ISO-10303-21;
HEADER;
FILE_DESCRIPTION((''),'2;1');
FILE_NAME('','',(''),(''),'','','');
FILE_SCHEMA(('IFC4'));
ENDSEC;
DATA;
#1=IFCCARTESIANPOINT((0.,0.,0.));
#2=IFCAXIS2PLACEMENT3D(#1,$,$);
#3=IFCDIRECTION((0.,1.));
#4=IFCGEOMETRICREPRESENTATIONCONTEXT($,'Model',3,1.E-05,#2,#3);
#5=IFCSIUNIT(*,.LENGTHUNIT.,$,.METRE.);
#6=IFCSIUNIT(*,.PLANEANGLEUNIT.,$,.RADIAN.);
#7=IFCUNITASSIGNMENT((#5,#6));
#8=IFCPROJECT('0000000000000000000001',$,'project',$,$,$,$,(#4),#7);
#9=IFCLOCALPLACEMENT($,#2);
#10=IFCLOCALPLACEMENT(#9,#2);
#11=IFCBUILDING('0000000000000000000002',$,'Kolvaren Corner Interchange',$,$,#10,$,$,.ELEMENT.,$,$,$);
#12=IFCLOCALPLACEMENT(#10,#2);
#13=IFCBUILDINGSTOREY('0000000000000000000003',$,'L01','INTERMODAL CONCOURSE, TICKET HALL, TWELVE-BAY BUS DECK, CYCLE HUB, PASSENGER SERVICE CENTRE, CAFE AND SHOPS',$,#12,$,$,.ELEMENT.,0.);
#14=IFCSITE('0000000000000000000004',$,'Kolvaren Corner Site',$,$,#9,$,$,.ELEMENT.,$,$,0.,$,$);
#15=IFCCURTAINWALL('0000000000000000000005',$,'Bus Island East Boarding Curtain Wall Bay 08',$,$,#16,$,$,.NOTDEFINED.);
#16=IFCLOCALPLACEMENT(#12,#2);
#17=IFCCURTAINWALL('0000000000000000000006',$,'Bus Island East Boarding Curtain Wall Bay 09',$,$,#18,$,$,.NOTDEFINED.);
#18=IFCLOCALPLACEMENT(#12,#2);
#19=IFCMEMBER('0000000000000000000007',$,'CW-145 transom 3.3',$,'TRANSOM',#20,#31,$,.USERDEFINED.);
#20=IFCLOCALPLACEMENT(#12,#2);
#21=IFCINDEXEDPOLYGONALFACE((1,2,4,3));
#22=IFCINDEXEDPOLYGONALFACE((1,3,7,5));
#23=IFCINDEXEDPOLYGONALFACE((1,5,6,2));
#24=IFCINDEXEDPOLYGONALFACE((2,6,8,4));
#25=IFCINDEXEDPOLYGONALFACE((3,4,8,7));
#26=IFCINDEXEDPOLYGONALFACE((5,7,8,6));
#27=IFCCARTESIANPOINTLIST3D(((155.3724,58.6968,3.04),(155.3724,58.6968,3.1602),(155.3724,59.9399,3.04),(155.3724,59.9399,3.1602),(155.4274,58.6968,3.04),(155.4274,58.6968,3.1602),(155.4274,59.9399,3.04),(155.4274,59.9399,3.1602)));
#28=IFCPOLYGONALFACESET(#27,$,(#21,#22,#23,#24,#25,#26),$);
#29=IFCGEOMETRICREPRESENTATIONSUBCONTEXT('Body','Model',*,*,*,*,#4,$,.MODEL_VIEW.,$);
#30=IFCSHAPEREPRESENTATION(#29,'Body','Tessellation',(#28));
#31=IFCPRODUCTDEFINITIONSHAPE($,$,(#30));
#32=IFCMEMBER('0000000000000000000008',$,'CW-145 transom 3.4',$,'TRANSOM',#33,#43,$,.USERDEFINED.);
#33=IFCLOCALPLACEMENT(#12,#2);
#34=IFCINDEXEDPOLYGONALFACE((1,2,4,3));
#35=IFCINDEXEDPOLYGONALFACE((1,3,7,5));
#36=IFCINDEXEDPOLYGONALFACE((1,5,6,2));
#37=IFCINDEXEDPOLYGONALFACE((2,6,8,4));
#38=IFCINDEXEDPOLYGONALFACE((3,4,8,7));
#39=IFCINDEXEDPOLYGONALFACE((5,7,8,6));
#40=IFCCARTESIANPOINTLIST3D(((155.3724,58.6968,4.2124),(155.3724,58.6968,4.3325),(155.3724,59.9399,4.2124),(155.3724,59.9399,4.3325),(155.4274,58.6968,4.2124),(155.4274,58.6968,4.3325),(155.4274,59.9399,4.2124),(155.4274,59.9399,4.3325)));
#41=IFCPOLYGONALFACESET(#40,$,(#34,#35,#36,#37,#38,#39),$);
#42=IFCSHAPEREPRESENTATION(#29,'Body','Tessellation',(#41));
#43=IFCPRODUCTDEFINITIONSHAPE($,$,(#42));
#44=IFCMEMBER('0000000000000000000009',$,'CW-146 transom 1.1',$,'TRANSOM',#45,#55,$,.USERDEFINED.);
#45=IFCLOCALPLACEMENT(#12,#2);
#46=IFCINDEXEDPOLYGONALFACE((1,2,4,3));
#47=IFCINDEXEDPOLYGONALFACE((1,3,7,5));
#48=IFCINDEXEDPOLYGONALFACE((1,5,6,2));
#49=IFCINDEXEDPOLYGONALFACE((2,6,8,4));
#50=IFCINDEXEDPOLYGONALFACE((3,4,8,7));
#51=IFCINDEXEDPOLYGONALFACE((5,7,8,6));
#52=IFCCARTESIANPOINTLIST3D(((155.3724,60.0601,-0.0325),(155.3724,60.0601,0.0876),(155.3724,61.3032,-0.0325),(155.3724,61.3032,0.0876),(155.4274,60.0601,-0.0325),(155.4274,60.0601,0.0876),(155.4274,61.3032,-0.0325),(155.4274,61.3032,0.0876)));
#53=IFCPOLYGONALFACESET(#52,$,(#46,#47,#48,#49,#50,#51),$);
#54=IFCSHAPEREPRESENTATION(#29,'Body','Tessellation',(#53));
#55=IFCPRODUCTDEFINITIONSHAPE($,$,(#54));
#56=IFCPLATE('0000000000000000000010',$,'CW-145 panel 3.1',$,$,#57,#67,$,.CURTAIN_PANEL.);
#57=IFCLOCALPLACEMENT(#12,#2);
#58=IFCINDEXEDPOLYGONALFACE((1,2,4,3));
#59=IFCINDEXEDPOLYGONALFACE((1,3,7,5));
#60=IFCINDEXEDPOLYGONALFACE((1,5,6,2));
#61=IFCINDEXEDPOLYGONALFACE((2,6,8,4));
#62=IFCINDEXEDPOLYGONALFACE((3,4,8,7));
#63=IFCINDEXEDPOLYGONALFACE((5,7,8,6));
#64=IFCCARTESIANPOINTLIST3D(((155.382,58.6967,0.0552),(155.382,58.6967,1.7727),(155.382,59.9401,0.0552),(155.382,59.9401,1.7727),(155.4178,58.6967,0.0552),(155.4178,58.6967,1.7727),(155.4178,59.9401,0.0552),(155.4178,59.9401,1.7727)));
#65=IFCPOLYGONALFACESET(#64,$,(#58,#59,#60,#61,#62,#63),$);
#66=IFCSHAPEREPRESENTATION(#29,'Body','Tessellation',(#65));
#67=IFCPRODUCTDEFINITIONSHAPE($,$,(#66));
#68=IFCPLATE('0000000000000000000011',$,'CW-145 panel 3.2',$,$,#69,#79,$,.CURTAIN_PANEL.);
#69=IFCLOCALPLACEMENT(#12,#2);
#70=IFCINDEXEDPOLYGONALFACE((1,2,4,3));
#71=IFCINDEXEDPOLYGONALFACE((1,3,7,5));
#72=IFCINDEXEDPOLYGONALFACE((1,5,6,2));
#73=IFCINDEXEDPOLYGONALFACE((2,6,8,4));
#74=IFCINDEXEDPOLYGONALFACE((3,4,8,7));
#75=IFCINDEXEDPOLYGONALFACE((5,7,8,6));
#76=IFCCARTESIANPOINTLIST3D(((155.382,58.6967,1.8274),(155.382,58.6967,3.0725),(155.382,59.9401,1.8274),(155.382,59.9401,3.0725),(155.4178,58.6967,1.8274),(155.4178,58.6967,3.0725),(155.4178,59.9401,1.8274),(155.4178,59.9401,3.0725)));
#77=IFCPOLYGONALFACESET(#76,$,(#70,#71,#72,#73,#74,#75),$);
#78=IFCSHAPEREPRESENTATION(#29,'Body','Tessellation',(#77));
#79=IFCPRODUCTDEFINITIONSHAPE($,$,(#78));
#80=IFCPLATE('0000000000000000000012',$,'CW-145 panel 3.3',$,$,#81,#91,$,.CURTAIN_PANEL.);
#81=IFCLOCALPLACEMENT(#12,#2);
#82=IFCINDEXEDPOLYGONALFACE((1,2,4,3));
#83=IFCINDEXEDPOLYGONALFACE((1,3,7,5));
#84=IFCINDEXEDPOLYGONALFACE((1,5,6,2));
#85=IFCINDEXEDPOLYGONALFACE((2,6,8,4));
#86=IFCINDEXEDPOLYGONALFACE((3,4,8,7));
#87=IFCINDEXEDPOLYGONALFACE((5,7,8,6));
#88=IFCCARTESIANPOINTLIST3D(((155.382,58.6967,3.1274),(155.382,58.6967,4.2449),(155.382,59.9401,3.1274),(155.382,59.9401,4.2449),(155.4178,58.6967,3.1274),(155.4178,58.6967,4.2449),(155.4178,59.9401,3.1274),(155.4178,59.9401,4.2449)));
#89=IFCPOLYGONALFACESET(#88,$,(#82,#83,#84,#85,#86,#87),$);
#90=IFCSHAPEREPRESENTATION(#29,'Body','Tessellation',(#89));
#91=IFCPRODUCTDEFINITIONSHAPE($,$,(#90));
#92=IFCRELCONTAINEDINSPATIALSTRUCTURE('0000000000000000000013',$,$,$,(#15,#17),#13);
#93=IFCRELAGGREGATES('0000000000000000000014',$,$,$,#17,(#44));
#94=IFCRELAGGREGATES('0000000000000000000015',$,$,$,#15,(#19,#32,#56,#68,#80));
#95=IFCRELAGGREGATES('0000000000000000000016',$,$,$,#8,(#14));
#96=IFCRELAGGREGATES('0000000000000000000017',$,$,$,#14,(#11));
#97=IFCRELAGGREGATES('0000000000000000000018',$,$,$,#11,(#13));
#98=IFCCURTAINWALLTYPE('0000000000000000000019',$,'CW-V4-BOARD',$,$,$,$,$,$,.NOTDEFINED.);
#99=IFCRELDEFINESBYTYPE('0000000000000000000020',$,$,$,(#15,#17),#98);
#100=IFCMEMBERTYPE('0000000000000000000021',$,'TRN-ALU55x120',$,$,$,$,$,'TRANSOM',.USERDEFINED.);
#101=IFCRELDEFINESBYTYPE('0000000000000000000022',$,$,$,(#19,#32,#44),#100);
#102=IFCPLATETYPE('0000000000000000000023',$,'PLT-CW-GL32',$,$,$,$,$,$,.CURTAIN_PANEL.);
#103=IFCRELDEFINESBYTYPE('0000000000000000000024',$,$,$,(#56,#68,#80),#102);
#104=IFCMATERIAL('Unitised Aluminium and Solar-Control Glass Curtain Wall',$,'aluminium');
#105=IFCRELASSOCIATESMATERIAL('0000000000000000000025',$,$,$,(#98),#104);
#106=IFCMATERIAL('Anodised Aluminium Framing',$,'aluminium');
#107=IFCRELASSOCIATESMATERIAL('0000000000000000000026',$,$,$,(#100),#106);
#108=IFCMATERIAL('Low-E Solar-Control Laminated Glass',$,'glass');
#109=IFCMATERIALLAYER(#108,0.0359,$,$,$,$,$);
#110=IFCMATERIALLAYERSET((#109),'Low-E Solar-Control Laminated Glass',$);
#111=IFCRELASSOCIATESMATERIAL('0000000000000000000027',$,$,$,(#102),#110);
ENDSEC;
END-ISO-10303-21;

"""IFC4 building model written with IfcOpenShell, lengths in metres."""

from ifc_helpers import new_model, si_unit, direction, frame, origin, origin_2d, place, context, subcontext, project, spatial, rectangle, extrude, material, layer, layer_set, material_profile, profile_set, type_object, element, aggregate, save


model = new_model("IFC4")

# Units and contexts
model_context = context("Model", 3, precision=1e-05, world=origin(), true_north=direction((0.0, 1.0)))
body_context = subcontext(model_context, "Body", "Model", "MODEL_VIEW")
ifc_project = project(units=[si_unit("LENGTHUNIT", "METRE"), si_unit("PLANEANGLEUNIT", "RADIAN")], contexts=[model_context])

# Site, building, storey
site_placement = place(None, origin())
site = spatial("IfcSite", under=ifc_project, at=site_placement, Name="Kolvaren Corner Site", CompositionType="ELEMENT", RefElevation=0.0)
building_placement = place(site_placement, origin())
building = spatial("IfcBuilding", under=site, at=building_placement, Name="Kolvaren Corner Interchange", CompositionType="ELEMENT")
storey_placement = place(building_placement, origin())
storey = spatial("IfcBuildingStorey", under=building, at=storey_placement, Name="L01", Description="INTERMODAL CONCOURSE, TICKET HALL, TWELVE-BAY BUS DECK, CYCLE HUB, PASSENGER SERVICE CENTRE, CAFE AND SHOPS", CompositionType="ELEMENT", Elevation=0.0)

# Curtain walls
ifc_material_1 = material(Name="Unitised Aluminium and Solar-Control Glass Curtain Wall", Category="aluminium")
curtain_wall_type = type_object("IfcCurtainWallType", Name="CW-V4-BOARD", PredefinedType="NOTDEFINED", material=ifc_material_1)
curtain_wall_1_placement = place(storey_placement, origin())
curtain_wall_1 = element("IfcCurtainWall", 1, at=curtain_wall_1_placement, inside=storey, type_object=curtain_wall_type, Name="Bus Island East Boarding Curtain Wall Bay 08", PredefinedType="NOTDEFINED")
curtain_wall_2_placement = place(storey_placement, origin())
curtain_wall_2 = element("IfcCurtainWall", 2, at=curtain_wall_2_placement, inside=storey, type_object=curtain_wall_type, Name="Bus Island East Boarding Curtain Wall Bay 09", PredefinedType="NOTDEFINED")

# Members
ifc_material_2 = material(Name="Anodised Aluminium Framing", Category="aluminium")
ifc_material_profile_1 = material_profile(ifc_material_2, rectangle(XDim=0.0549, YDim=0.1201, at=origin_2d()), Name="ALU 55x120")
ifc_profile_set_1 = profile_set([ifc_material_profile_1], Name="Anodised Aluminium Framing")
member_type_1 = type_object("IfcMemberType", Name="TRN-ALU55x120", ElementType="TRANSOM", PredefinedType="USERDEFINED", material=ifc_profile_set_1)
member_1_placement = place(storey_placement, frame((155.3999, 58.6968, 3.1001), z_axis=(0.0, 1.0, 0.0), x_axis=(-1.0, 0.0, 0.0)))
member_1 = element("IfcMember", 3, at=member_1_placement, type_object=member_type_1, Name="CW-145 transom 3.3", ObjectType="TRANSOM", PredefinedType="USERDEFINED", context=body_context, shape_type="SweptSolid", body=[
    extrude(rectangle(XDim=0.0549, YDim=0.1201, at=origin_2d()), origin(), (0.0, 0.0, 1.0), 1.2432),
])
member_2_placement = place(storey_placement, frame((155.3999, 58.6968, 4.2725), z_axis=(0.0, 1.0, 0.0), x_axis=(-1.0, 0.0, 0.0)))
member_2 = element("IfcMember", 4, at=member_2_placement, type_object=member_type_1, Name="CW-145 transom 3.4", ObjectType="TRANSOM", PredefinedType="USERDEFINED", context=body_context, shape_type="SweptSolid", body=[
    extrude(rectangle(XDim=0.0549, YDim=0.1201, at=origin_2d()), origin(), (0.0, 0.0, 1.0), 1.2432),
])
member_3_placement = place(storey_placement, frame((155.3999, 60.0601, 0.0276), z_axis=(0.0, 1.0, 0.0), x_axis=(-1.0, 0.0, 0.0)))
member_3 = element("IfcMember", 5, at=member_3_placement, type_object=member_type_1, Name="CW-146 transom 1.1", ObjectType="TRANSOM", PredefinedType="USERDEFINED", context=body_context, shape_type="SweptSolid", body=[
    extrude(rectangle(XDim=0.0549, YDim=0.1201, at=origin_2d()), origin(), (0.0, 0.0, 1.0), 1.2432),
])
aggregate(curtain_wall_2, [member_3])

# Plates
ifc_material_3 = material(Name="Low-E Solar-Control Laminated Glass", Category="glass")
ifc_layer = layer(ifc_material_3, 0.0359)
ifc_layer_set = layer_set([ifc_layer], Name="Low-E Solar-Control Laminated Glass")
plate_type = type_object("IfcPlateType", Name="PLT-CW-GL32", PredefinedType="CURTAIN_PANEL", material=ifc_layer_set)
plate_1_placement = place(storey_placement, frame((155.3999, 59.3184, 0.0552), z_axis=(0.0, 0.0, 1.0), x_axis=(0.0, 1.0, 0.0)))
plate_1 = element("IfcPlate", 6, at=plate_1_placement, type_object=plate_type, Name="CW-145 panel 3.1", PredefinedType="CURTAIN_PANEL", context=body_context, shape_type="SweptSolid", body=[
    extrude(rectangle(XDim=1.2434, YDim=0.0359, at=origin_2d()), origin(), (0.0, 0.0, 1.0), 1.7175),
])
plate_2_placement = place(storey_placement, frame((155.3999, 59.3184, 1.8274), z_axis=(0.0, 0.0, 1.0), x_axis=(0.0, 1.0, 0.0)))
plate_2 = element("IfcPlate", 7, at=plate_2_placement, type_object=plate_type, Name="CW-145 panel 3.2", PredefinedType="CURTAIN_PANEL", context=body_context, shape_type="SweptSolid", body=[
    extrude(rectangle(XDim=1.2434, YDim=0.0359, at=origin_2d()), origin(), (0.0, 0.0, 1.0), 1.2451),
])
plate_3_placement = place(storey_placement, frame((155.3999, 59.3184, 3.1274), z_axis=(0.0, 0.0, 1.0), x_axis=(0.0, 1.0, 0.0)))
plate_3 = element("IfcPlate", 8, at=plate_3_placement, type_object=plate_type, Name="CW-145 panel 3.3", PredefinedType="CURTAIN_PANEL", context=body_context, shape_type="SweptSolid", body=[
    extrude(rectangle(XDim=1.2434, YDim=0.0359, at=origin_2d()), origin(), (0.0, 0.0, 1.0), 1.1174),
])
aggregate(curtain_wall_1, [member_1, member_2, plate_1, plate_2, plate_3])

save(model, "model.ifc")
